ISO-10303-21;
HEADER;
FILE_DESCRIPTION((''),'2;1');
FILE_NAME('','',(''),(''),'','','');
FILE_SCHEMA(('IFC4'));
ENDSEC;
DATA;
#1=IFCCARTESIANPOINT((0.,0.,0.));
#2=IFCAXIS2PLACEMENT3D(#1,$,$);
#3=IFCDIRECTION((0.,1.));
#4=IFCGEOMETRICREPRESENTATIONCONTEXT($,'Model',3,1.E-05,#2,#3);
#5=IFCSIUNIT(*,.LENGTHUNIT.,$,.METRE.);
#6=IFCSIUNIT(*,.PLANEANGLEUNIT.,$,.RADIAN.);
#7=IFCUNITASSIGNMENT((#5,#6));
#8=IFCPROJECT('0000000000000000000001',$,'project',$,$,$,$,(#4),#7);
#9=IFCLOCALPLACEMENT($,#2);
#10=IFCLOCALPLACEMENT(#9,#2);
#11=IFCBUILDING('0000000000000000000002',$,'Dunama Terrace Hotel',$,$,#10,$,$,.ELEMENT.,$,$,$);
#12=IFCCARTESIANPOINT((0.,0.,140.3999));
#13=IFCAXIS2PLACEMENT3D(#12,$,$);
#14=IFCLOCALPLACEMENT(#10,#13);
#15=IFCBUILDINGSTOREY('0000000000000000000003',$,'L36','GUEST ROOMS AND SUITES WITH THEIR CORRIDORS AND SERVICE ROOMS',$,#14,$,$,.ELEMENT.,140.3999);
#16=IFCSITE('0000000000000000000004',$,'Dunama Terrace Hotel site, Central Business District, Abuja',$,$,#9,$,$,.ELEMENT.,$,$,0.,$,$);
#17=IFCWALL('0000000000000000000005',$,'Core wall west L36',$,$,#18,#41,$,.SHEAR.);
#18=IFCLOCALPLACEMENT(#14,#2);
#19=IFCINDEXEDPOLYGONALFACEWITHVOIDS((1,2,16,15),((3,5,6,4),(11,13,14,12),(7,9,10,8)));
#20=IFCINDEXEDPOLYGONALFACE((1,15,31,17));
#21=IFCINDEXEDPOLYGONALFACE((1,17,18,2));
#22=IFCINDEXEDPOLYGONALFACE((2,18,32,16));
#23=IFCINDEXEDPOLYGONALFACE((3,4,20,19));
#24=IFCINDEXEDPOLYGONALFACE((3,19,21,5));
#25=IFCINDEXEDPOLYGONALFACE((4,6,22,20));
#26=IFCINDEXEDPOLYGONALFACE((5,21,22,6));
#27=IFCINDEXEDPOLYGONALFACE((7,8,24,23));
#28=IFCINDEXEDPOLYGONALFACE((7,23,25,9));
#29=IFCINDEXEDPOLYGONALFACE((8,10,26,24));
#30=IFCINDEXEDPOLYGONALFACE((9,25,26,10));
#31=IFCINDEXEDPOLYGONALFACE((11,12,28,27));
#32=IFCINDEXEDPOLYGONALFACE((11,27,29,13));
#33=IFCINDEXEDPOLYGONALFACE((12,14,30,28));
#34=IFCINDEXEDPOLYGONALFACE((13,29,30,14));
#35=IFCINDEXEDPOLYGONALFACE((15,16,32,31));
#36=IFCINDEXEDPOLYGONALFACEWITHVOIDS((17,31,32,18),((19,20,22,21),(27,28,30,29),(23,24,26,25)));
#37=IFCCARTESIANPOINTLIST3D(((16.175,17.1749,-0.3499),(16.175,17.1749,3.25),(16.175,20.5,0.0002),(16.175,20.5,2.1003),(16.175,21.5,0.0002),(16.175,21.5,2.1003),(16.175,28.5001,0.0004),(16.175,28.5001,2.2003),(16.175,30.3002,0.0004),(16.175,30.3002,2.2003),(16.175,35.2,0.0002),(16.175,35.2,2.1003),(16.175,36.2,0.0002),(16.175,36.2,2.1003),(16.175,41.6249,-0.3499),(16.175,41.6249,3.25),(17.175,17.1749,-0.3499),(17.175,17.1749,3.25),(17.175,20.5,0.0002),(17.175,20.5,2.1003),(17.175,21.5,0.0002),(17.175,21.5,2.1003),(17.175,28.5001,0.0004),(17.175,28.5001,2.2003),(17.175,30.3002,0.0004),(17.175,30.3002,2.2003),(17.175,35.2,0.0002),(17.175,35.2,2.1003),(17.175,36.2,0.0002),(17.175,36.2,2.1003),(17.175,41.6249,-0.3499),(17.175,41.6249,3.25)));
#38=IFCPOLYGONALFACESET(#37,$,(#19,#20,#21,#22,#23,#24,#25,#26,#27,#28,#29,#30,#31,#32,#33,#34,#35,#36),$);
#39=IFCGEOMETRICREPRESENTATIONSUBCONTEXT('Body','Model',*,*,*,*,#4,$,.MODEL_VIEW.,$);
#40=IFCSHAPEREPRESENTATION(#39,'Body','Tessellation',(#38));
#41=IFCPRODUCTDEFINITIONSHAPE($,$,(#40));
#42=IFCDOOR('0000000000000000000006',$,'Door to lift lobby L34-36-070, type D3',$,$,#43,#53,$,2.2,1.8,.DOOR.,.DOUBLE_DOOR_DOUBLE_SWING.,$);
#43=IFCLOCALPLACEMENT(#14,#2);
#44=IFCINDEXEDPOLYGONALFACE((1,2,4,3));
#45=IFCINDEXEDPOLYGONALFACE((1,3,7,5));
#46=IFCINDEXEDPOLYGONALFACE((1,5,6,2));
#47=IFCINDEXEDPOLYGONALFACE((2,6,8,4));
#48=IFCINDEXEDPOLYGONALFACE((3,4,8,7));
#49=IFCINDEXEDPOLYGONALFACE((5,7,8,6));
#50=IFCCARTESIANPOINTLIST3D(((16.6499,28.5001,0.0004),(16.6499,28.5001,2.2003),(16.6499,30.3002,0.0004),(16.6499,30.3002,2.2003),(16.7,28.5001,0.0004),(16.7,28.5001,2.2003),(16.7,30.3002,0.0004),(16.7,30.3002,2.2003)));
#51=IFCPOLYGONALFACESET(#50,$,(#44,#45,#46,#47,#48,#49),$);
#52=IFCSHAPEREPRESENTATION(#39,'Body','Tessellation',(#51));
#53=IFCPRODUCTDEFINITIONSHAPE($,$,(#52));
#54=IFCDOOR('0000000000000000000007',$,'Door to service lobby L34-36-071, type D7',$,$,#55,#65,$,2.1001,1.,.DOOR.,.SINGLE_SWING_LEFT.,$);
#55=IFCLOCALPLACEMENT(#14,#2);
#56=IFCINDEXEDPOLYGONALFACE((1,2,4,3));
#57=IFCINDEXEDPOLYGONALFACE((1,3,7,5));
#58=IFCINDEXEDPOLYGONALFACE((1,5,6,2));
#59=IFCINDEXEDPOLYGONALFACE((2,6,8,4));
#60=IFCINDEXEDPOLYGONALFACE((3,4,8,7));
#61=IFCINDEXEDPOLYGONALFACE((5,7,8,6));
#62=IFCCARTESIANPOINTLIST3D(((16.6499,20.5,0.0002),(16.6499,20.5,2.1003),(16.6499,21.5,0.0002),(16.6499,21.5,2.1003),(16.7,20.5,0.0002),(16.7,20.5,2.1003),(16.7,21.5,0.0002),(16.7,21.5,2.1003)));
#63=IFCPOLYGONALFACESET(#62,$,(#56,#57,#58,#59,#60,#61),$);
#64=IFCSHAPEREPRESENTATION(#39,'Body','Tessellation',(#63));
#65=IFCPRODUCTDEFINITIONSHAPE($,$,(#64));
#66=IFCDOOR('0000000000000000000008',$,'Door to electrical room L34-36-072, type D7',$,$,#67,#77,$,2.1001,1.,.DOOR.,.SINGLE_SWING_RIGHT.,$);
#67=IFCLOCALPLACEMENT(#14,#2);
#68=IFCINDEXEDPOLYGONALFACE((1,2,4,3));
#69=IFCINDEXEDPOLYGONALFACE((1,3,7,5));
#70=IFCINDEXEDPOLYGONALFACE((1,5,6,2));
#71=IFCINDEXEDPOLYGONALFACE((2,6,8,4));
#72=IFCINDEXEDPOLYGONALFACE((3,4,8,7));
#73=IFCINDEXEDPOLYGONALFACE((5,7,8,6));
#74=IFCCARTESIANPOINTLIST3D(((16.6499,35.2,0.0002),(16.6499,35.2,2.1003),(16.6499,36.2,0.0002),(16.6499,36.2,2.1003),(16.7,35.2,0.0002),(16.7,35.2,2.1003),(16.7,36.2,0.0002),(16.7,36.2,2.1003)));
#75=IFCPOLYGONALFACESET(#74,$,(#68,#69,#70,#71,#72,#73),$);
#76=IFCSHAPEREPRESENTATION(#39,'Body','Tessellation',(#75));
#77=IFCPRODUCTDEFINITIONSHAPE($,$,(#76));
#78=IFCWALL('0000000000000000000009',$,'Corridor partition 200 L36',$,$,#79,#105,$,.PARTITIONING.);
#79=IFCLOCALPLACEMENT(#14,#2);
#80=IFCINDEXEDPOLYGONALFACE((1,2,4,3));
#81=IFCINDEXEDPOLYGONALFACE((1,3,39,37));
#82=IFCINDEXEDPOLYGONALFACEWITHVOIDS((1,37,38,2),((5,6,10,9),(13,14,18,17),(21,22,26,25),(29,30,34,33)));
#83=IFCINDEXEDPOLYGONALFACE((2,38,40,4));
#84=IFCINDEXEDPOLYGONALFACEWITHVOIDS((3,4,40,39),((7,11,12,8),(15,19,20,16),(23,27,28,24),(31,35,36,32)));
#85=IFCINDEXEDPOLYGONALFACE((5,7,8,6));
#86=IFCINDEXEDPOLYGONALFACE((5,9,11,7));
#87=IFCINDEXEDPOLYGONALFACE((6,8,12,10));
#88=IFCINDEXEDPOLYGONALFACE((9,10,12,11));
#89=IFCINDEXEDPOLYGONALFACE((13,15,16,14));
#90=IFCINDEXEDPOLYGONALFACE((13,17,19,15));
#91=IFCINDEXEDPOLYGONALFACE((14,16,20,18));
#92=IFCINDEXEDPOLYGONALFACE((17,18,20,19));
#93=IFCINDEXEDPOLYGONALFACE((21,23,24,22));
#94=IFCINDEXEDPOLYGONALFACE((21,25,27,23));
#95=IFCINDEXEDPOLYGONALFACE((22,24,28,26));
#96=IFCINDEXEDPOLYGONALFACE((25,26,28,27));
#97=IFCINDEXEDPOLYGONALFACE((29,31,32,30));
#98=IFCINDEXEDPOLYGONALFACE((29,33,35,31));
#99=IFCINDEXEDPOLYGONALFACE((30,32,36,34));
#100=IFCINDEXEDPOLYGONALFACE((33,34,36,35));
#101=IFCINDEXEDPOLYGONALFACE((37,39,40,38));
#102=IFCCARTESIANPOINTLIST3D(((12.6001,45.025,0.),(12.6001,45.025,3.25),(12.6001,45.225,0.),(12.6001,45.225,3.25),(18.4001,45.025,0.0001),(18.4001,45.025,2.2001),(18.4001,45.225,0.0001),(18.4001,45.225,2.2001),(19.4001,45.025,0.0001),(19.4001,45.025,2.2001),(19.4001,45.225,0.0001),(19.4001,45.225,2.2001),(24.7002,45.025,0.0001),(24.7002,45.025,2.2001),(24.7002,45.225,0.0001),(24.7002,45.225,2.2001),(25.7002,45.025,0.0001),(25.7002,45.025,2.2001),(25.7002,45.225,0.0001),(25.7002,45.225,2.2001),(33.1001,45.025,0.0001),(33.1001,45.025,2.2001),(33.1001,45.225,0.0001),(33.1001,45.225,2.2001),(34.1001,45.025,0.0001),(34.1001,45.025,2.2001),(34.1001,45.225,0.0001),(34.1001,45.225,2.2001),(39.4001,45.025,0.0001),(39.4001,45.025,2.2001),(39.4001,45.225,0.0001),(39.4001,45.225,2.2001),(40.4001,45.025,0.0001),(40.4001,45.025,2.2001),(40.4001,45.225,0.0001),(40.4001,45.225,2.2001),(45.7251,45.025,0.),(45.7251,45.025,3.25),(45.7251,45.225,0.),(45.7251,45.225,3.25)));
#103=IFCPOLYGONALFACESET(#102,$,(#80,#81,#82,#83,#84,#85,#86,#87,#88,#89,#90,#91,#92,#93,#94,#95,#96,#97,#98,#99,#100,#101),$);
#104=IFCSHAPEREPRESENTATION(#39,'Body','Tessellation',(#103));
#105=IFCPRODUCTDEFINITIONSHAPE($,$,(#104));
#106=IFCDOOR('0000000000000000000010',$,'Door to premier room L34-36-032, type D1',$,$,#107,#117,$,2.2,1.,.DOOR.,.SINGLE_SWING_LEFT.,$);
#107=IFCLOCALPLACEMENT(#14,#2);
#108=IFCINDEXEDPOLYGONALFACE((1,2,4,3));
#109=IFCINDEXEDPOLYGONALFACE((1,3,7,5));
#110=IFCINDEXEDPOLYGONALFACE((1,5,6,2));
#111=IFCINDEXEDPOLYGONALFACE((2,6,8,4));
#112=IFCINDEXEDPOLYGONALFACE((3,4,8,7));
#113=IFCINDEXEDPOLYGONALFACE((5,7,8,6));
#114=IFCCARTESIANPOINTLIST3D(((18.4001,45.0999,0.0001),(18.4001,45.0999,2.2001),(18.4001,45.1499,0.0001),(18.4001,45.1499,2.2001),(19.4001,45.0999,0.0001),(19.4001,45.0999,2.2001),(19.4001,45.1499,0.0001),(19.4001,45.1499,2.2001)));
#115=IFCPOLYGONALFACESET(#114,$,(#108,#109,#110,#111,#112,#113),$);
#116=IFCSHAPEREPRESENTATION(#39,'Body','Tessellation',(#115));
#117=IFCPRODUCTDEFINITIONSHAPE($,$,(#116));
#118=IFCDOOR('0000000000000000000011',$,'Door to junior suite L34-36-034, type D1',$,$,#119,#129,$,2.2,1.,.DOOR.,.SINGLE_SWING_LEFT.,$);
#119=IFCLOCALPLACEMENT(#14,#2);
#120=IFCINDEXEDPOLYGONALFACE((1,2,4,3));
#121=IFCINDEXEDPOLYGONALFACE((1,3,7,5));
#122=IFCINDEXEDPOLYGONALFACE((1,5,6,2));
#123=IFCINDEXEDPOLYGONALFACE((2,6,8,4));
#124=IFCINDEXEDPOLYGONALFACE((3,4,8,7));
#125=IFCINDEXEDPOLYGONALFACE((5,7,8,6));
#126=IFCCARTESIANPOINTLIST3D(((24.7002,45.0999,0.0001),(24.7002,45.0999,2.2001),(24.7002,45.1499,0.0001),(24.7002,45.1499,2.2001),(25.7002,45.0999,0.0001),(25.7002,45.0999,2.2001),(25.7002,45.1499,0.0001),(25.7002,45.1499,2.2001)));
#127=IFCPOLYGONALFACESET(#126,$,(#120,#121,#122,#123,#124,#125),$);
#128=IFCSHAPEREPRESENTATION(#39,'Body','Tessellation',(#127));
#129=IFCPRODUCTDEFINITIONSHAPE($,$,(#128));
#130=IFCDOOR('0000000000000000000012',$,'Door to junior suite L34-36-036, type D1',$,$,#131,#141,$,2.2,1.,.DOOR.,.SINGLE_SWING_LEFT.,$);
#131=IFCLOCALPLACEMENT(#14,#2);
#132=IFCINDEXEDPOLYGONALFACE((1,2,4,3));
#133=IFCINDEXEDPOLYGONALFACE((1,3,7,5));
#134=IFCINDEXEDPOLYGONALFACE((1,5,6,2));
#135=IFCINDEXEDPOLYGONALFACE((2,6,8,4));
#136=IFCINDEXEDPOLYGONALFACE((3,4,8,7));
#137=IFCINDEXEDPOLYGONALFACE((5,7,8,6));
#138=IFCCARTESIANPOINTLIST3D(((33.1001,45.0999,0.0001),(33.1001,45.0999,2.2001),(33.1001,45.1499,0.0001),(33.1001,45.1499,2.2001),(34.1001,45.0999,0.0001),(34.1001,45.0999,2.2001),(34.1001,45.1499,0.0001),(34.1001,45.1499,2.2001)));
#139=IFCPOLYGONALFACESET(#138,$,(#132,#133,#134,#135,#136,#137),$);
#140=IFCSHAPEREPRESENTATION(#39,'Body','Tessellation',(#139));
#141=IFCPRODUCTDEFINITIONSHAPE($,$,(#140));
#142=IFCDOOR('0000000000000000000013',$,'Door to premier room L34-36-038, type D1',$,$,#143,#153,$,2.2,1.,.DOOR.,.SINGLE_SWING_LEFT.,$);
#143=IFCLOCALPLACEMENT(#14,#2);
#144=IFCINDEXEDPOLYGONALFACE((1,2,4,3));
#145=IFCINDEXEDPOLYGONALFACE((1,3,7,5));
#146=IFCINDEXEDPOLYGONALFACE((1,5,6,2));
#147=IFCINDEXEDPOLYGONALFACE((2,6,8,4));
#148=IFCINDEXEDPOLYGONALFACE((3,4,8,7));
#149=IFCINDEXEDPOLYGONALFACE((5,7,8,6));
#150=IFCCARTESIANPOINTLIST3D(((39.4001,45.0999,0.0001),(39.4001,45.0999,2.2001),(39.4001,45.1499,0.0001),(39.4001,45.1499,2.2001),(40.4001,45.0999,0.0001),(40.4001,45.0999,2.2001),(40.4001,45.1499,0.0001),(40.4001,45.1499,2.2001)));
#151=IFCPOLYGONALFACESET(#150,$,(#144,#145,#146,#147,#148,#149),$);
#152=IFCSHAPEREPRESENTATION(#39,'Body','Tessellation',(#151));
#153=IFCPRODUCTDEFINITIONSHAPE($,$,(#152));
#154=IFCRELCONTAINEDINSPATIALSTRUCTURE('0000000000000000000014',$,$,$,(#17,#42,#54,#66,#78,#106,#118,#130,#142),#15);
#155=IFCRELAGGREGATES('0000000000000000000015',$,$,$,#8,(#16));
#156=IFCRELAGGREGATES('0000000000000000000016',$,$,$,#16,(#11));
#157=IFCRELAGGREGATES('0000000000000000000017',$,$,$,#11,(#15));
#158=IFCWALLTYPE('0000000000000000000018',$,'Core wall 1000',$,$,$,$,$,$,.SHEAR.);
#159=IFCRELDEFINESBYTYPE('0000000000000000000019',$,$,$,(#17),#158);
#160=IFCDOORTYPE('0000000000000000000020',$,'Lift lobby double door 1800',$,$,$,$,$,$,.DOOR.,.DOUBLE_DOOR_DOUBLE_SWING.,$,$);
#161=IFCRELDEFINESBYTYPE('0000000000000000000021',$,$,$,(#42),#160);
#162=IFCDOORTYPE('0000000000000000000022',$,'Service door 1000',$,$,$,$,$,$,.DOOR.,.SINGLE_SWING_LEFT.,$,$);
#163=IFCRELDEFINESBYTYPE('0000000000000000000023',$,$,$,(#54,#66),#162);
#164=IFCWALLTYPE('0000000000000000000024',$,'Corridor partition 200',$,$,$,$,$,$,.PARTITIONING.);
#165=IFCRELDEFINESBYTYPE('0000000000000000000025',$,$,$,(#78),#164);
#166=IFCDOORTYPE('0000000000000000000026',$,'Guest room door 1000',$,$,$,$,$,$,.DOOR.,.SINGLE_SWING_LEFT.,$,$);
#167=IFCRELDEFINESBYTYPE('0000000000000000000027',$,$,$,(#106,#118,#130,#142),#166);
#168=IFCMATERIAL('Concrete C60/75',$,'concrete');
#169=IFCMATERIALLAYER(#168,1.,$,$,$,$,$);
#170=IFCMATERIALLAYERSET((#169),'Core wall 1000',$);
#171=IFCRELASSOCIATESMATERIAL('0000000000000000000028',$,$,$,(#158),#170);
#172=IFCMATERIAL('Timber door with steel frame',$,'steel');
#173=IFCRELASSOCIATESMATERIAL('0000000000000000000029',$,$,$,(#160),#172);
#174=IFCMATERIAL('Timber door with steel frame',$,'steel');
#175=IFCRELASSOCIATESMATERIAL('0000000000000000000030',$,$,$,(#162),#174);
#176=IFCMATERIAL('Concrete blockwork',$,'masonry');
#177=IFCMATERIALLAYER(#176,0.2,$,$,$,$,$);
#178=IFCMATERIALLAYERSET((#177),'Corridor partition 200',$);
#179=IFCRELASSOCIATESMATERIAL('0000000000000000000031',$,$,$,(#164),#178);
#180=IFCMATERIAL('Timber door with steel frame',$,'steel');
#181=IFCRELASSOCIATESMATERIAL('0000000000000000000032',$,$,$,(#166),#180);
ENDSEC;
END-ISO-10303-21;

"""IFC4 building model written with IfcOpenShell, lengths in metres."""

from ifc_helpers import new_model, si_unit, direction, frame, frame_2d, origin, place, context, subcontext, project, spatial, rectangle, extrude, material, layer, layer_set, type_object, element, fill, save


model = new_model("IFC4")

# Units and contexts
model_context = context("Model", 3, precision=1e-05, world=origin(), true_north=direction((0.0, 1.0)))
body_context = subcontext(model_context, "Body", "Model", "MODEL_VIEW")
ifc_project = project(units=[si_unit("LENGTHUNIT", "METRE"), si_unit("PLANEANGLEUNIT", "RADIAN")], contexts=[model_context])

# Site, building, storey
site_placement = place(None, origin())
site = spatial("IfcSite", under=ifc_project, at=site_placement, Name="Dunama Terrace Hotel site, Central Business District, Abuja", CompositionType="ELEMENT", RefElevation=0.0)
building_placement = place(site_placement, origin())
building = spatial("IfcBuilding", under=site, at=building_placement, Name="Dunama Terrace Hotel", CompositionType="ELEMENT")
storey_placement = place(building_placement, frame((0.0, 0.0, 140.3999)))
storey = spatial("IfcBuildingStorey", under=building, at=storey_placement, Name="L36", Description="GUEST ROOMS AND SUITES WITH THEIR CORRIDORS AND SERVICE ROOMS", CompositionType="ELEMENT", Elevation=140.3999)

# Walls, openings, doors
ifc_material_1 = material(Name="Concrete C60/75", Category="concrete")
ifc_layer_1 = layer(ifc_material_1, 1.0)
ifc_layer_set_1 = layer_set([ifc_layer_1], Name="Core wall 1000")
wall_type_1 = type_object("IfcWallType", Name="Core wall 1000", PredefinedType="SHEAR", material=ifc_layer_set_1)
wall_1_placement = place(storey_placement, frame((16.675, 41.625, -0.3499), z_axis=(0.0, 0.0, 1.0), x_axis=(0.0, -1.0, 0.0)))
wall_1 = element("IfcWall", 1, at=wall_1_placement, inside=storey, type_object=wall_type_1, Name="Core wall west L36", PredefinedType="SHEAR", context=body_context, shape_type="SweptSolid", body=[
    extrude(rectangle(XDim=24.45, YDim=1.0, at=frame_2d((12.2251, 0.0))), origin(), (0.0, 0.0, 1.0), 3.5999),
])
opening_1_placement = place(wall_1_placement, frame((11.325, 0.0, 0.3501)))
opening_1 = element("IfcOpeningElement", 2, at=opening_1_placement, cuts=wall_1, PredefinedType="OPENING", context=body_context, shape_type="SweptSolid", body=[
    extrude(rectangle(XDim=1.8, YDim=2.2, at=frame_2d((0.8999, 1.1001))), frame((0.0, 0.51, 0.0), z_axis=(0.0, -1.0, 0.0), x_axis=(1.0, 0.0, 0.0)), (0.0, 0.0, 1.0), 1.02),
])
opening_2_placement = place(wall_1_placement, frame((20.125, 0.0, 0.3501)))
opening_2 = element("IfcOpeningElement", 3, at=opening_2_placement, cuts=wall_1, PredefinedType="OPENING", context=body_context, shape_type="SweptSolid", body=[
    extrude(rectangle(XDim=1.0, YDim=2.1001, at=frame_2d((0.5, 1.05))), frame((0.0, 0.51, 0.0), z_axis=(0.0, -1.0, 0.0), x_axis=(1.0, 0.0, 0.0)), (0.0, 0.0, 1.0), 1.02),
])
opening_3_placement = place(wall_1_placement, frame((5.425, 0.0, 0.3501)))
opening_3 = element("IfcOpeningElement", 4, at=opening_3_placement, cuts=wall_1, PredefinedType="OPENING", context=body_context, shape_type="SweptSolid", body=[
    extrude(rectangle(XDim=1.0, YDim=2.1001, at=frame_2d((0.5, 1.05))), frame((0.0, 0.51, 0.0), z_axis=(0.0, -1.0, 0.0), x_axis=(1.0, 0.0, 0.0)), (0.0, 0.0, 1.0), 1.02),
])
ifc_material_2 = material(Name="Timber door with steel frame", Category="steel")
door_type_1 = type_object("IfcDoorType", Name="Lift lobby double door 1800", OperationType="DOUBLE_DOOR_DOUBLE_SWING", PredefinedType="DOOR", material=ifc_material_2)
door_1_placement = place(opening_1_placement, origin())
door_1 = element("IfcDoor", 5, at=door_1_placement, inside=storey, type_object=door_type_1, Name="Door to lift lobby L34-36-070, type D3", OperationType="DOUBLE_DOOR_DOUBLE_SWING", OverallHeight=2.2, OverallWidth=1.8, PredefinedType="DOOR", context=body_context, shape_type="SweptSolid", body=[
    extrude(rectangle(XDim=1.8, YDim=2.2, at=frame_2d((0.8999, 1.1001))), frame((0.0, 0.0249, 0.0), z_axis=(0.0, -1.0, 0.0), x_axis=(1.0, 0.0, 0.0)), (0.0, 0.0, 1.0), 0.05),
])
fill(opening_1, door_1)
ifc_material_3 = material(Name="Timber door with steel frame", Category="steel")
door_type_2 = type_object("IfcDoorType", Name="Service door 1000", OperationType="SINGLE_SWING_LEFT", PredefinedType="DOOR", material=ifc_material_3)
door_2_placement = place(opening_2_placement, origin())
door_2 = element("IfcDoor", 6, at=door_2_placement, inside=storey, type_object=door_type_2, Name="Door to service lobby L34-36-071, type D7", OperationType="SINGLE_SWING_LEFT", OverallHeight=2.1001, OverallWidth=1.0, PredefinedType="DOOR", context=body_context, shape_type="SweptSolid", body=[
    extrude(rectangle(XDim=1.0, YDim=2.1001, at=frame_2d((0.5, 1.05))), frame((0.0, 0.0249, 0.0), z_axis=(0.0, -1.0, 0.0), x_axis=(1.0, 0.0, 0.0)), (0.0, 0.0, 1.0), 0.05),
])
fill(opening_2, door_2)
door_3_placement = place(opening_3_placement, origin())
door_3 = element("IfcDoor", 7, at=door_3_placement, inside=storey, type_object=door_type_2, Name="Door to electrical room L34-36-072, type D7", OperationType="SINGLE_SWING_RIGHT", OverallHeight=2.1001, OverallWidth=1.0, PredefinedType="DOOR", context=body_context, shape_type="SweptSolid", body=[
    extrude(rectangle(XDim=1.0, YDim=2.1001, at=frame_2d((0.5, 1.05))), frame((0.0, 0.0249, 0.0), z_axis=(0.0, -1.0, 0.0), x_axis=(1.0, 0.0, 0.0)), (0.0, 0.0, 1.0), 0.05),
])
fill(opening_3, door_3)
ifc_material_4 = material(Name="Concrete blockwork", Category="masonry")
ifc_layer_2 = layer(ifc_material_4, 0.2)
ifc_layer_set_2 = layer_set([ifc_layer_2], Name="Corridor partition 200")
wall_type_2 = type_object("IfcWallType", Name="Corridor partition 200", PredefinedType="PARTITIONING", material=ifc_layer_set_2)
wall_2_placement = place(storey_placement, frame((12.6001, 45.125, 0.0), z_axis=(0.0, 0.0, 1.0), x_axis=(1.0, 0.0, 0.0)))
wall_2 = element("IfcWall", 8, at=wall_2_placement, inside=storey, type_object=wall_type_2, Name="Corridor partition 200 L36", PredefinedType="PARTITIONING", context=body_context, shape_type="SweptSolid", body=[
    extrude(rectangle(XDim=33.125, YDim=0.2, at=frame_2d((16.5625, 0.0))), origin(), (0.0, 0.0, 1.0), 3.25),
])
opening_4_placement = place(wall_2_placement, frame((5.8, 0.0, 0.0)))
opening_4 = element("IfcOpeningElement", 9, at=opening_4_placement, cuts=wall_2, PredefinedType="OPENING", context=body_context, shape_type="SweptSolid", body=[
    extrude(rectangle(XDim=1.0, YDim=2.2, at=frame_2d((0.5, 1.1001))), frame((0.0, 0.1099, 0.0), z_axis=(0.0, -1.0, 0.0), x_axis=(1.0, 0.0, 0.0)), (0.0, 0.0, 1.0), 0.22),
])
opening_5_placement = place(wall_2_placement, frame((12.1001, 0.0, 0.0)))
opening_5 = element("IfcOpeningElement", 10, at=opening_5_placement, cuts=wall_2, PredefinedType="OPENING", context=body_context, shape_type="SweptSolid", body=[
    extrude(rectangle(XDim=1.0, YDim=2.2, at=frame_2d((0.5, 1.1001))), frame((0.0, 0.1099, 0.0), z_axis=(0.0, -1.0, 0.0), x_axis=(1.0, 0.0, 0.0)), (0.0, 0.0, 1.0), 0.22),
])
opening_6_placement = place(wall_2_placement, frame((20.5, 0.0, 0.0)))
opening_6 = element("IfcOpeningElement", 11, at=opening_6_placement, cuts=wall_2, PredefinedType="OPENING", context=body_context, shape_type="SweptSolid", body=[
    extrude(rectangle(XDim=1.0, YDim=2.2, at=frame_2d((0.5, 1.1001))), frame((0.0, 0.1099, 0.0), z_axis=(0.0, -1.0, 0.0), x_axis=(1.0, 0.0, 0.0)), (0.0, 0.0, 1.0), 0.22),
])
opening_7_placement = place(wall_2_placement, frame((26.8, 0.0, 0.0)))
opening_7 = element("IfcOpeningElement", 12, at=opening_7_placement, cuts=wall_2, PredefinedType="OPENING", context=body_context, shape_type="SweptSolid", body=[
    extrude(rectangle(XDim=1.0, YDim=2.2, at=frame_2d((0.5, 1.1001))), frame((0.0, 0.1099, 0.0), z_axis=(0.0, -1.0, 0.0), x_axis=(1.0, 0.0, 0.0)), (0.0, 0.0, 1.0), 0.22),
])
ifc_material_5 = material(Name="Timber door with steel frame", Category="steel")
door_type_3 = type_object("IfcDoorType", Name="Guest room door 1000", OperationType="SINGLE_SWING_LEFT", PredefinedType="DOOR", material=ifc_material_5)
door_4_placement = place(opening_4_placement, origin())
door_4 = element("IfcDoor", 13, at=door_4_placement, inside=storey, type_object=door_type_3, Name="Door to premier room L34-36-032, type D1", OperationType="SINGLE_SWING_LEFT", OverallHeight=2.2, OverallWidth=1.0, PredefinedType="DOOR", context=body_context, shape_type="SweptSolid", body=[
    extrude(rectangle(XDim=1.0, YDim=2.2, at=frame_2d((0.5, 1.1001))), frame((0.0, 0.0249, 0.0), z_axis=(0.0, -1.0, 0.0), x_axis=(1.0, 0.0, 0.0)), (0.0, 0.0, 1.0), 0.05),
])
fill(opening_4, door_4)
door_5_placement = place(opening_5_placement, origin())
door_5 = element("IfcDoor", 14, at=door_5_placement, inside=storey, type_object=door_type_3, Name="Door to junior suite L34-36-034, type D1", OperationType="SINGLE_SWING_LEFT", OverallHeight=2.2, OverallWidth=1.0, PredefinedType="DOOR", context=body_context, shape_type="SweptSolid", body=[
    extrude(rectangle(XDim=1.0, YDim=2.2, at=frame_2d((0.5, 1.1001))), frame((0.0, 0.0249, 0.0), z_axis=(0.0, -1.0, 0.0), x_axis=(1.0, 0.0, 0.0)), (0.0, 0.0, 1.0), 0.05),
])
fill(opening_5, door_5)
door_6_placement = place(opening_6_placement, origin())
door_6 = element("IfcDoor", 15, at=door_6_placement, inside=storey, type_object=door_type_3, Name="Door to junior suite L34-36-036, type D1", OperationType="SINGLE_SWING_LEFT", OverallHeight=2.2, OverallWidth=1.0, PredefinedType="DOOR", context=body_context, shape_type="SweptSolid", body=[
    extrude(rectangle(XDim=1.0, YDim=2.2, at=frame_2d((0.5, 1.1001))), frame((0.0, 0.0249, 0.0), z_axis=(0.0, -1.0, 0.0), x_axis=(1.0, 0.0, 0.0)), (0.0, 0.0, 1.0), 0.05),
])
fill(opening_6, door_6)
door_7_placement = place(opening_7_placement, origin())
door_7 = element("IfcDoor", 16, at=door_7_placement, inside=storey, type_object=door_type_3, Name="Door to premier room L34-36-038, type D1", OperationType="SINGLE_SWING_LEFT", OverallHeight=2.2, OverallWidth=1.0, PredefinedType="DOOR", context=body_context, shape_type="SweptSolid", body=[
    extrude(rectangle(XDim=1.0, YDim=2.2, at=frame_2d((0.5, 1.1001))), frame((0.0, 0.0249, 0.0), z_axis=(0.0, -1.0, 0.0), x_axis=(1.0, 0.0, 0.0)), (0.0, 0.0, 1.0), 0.05),
])
fill(opening_7, door_7)

save(model, "model.ifc")
